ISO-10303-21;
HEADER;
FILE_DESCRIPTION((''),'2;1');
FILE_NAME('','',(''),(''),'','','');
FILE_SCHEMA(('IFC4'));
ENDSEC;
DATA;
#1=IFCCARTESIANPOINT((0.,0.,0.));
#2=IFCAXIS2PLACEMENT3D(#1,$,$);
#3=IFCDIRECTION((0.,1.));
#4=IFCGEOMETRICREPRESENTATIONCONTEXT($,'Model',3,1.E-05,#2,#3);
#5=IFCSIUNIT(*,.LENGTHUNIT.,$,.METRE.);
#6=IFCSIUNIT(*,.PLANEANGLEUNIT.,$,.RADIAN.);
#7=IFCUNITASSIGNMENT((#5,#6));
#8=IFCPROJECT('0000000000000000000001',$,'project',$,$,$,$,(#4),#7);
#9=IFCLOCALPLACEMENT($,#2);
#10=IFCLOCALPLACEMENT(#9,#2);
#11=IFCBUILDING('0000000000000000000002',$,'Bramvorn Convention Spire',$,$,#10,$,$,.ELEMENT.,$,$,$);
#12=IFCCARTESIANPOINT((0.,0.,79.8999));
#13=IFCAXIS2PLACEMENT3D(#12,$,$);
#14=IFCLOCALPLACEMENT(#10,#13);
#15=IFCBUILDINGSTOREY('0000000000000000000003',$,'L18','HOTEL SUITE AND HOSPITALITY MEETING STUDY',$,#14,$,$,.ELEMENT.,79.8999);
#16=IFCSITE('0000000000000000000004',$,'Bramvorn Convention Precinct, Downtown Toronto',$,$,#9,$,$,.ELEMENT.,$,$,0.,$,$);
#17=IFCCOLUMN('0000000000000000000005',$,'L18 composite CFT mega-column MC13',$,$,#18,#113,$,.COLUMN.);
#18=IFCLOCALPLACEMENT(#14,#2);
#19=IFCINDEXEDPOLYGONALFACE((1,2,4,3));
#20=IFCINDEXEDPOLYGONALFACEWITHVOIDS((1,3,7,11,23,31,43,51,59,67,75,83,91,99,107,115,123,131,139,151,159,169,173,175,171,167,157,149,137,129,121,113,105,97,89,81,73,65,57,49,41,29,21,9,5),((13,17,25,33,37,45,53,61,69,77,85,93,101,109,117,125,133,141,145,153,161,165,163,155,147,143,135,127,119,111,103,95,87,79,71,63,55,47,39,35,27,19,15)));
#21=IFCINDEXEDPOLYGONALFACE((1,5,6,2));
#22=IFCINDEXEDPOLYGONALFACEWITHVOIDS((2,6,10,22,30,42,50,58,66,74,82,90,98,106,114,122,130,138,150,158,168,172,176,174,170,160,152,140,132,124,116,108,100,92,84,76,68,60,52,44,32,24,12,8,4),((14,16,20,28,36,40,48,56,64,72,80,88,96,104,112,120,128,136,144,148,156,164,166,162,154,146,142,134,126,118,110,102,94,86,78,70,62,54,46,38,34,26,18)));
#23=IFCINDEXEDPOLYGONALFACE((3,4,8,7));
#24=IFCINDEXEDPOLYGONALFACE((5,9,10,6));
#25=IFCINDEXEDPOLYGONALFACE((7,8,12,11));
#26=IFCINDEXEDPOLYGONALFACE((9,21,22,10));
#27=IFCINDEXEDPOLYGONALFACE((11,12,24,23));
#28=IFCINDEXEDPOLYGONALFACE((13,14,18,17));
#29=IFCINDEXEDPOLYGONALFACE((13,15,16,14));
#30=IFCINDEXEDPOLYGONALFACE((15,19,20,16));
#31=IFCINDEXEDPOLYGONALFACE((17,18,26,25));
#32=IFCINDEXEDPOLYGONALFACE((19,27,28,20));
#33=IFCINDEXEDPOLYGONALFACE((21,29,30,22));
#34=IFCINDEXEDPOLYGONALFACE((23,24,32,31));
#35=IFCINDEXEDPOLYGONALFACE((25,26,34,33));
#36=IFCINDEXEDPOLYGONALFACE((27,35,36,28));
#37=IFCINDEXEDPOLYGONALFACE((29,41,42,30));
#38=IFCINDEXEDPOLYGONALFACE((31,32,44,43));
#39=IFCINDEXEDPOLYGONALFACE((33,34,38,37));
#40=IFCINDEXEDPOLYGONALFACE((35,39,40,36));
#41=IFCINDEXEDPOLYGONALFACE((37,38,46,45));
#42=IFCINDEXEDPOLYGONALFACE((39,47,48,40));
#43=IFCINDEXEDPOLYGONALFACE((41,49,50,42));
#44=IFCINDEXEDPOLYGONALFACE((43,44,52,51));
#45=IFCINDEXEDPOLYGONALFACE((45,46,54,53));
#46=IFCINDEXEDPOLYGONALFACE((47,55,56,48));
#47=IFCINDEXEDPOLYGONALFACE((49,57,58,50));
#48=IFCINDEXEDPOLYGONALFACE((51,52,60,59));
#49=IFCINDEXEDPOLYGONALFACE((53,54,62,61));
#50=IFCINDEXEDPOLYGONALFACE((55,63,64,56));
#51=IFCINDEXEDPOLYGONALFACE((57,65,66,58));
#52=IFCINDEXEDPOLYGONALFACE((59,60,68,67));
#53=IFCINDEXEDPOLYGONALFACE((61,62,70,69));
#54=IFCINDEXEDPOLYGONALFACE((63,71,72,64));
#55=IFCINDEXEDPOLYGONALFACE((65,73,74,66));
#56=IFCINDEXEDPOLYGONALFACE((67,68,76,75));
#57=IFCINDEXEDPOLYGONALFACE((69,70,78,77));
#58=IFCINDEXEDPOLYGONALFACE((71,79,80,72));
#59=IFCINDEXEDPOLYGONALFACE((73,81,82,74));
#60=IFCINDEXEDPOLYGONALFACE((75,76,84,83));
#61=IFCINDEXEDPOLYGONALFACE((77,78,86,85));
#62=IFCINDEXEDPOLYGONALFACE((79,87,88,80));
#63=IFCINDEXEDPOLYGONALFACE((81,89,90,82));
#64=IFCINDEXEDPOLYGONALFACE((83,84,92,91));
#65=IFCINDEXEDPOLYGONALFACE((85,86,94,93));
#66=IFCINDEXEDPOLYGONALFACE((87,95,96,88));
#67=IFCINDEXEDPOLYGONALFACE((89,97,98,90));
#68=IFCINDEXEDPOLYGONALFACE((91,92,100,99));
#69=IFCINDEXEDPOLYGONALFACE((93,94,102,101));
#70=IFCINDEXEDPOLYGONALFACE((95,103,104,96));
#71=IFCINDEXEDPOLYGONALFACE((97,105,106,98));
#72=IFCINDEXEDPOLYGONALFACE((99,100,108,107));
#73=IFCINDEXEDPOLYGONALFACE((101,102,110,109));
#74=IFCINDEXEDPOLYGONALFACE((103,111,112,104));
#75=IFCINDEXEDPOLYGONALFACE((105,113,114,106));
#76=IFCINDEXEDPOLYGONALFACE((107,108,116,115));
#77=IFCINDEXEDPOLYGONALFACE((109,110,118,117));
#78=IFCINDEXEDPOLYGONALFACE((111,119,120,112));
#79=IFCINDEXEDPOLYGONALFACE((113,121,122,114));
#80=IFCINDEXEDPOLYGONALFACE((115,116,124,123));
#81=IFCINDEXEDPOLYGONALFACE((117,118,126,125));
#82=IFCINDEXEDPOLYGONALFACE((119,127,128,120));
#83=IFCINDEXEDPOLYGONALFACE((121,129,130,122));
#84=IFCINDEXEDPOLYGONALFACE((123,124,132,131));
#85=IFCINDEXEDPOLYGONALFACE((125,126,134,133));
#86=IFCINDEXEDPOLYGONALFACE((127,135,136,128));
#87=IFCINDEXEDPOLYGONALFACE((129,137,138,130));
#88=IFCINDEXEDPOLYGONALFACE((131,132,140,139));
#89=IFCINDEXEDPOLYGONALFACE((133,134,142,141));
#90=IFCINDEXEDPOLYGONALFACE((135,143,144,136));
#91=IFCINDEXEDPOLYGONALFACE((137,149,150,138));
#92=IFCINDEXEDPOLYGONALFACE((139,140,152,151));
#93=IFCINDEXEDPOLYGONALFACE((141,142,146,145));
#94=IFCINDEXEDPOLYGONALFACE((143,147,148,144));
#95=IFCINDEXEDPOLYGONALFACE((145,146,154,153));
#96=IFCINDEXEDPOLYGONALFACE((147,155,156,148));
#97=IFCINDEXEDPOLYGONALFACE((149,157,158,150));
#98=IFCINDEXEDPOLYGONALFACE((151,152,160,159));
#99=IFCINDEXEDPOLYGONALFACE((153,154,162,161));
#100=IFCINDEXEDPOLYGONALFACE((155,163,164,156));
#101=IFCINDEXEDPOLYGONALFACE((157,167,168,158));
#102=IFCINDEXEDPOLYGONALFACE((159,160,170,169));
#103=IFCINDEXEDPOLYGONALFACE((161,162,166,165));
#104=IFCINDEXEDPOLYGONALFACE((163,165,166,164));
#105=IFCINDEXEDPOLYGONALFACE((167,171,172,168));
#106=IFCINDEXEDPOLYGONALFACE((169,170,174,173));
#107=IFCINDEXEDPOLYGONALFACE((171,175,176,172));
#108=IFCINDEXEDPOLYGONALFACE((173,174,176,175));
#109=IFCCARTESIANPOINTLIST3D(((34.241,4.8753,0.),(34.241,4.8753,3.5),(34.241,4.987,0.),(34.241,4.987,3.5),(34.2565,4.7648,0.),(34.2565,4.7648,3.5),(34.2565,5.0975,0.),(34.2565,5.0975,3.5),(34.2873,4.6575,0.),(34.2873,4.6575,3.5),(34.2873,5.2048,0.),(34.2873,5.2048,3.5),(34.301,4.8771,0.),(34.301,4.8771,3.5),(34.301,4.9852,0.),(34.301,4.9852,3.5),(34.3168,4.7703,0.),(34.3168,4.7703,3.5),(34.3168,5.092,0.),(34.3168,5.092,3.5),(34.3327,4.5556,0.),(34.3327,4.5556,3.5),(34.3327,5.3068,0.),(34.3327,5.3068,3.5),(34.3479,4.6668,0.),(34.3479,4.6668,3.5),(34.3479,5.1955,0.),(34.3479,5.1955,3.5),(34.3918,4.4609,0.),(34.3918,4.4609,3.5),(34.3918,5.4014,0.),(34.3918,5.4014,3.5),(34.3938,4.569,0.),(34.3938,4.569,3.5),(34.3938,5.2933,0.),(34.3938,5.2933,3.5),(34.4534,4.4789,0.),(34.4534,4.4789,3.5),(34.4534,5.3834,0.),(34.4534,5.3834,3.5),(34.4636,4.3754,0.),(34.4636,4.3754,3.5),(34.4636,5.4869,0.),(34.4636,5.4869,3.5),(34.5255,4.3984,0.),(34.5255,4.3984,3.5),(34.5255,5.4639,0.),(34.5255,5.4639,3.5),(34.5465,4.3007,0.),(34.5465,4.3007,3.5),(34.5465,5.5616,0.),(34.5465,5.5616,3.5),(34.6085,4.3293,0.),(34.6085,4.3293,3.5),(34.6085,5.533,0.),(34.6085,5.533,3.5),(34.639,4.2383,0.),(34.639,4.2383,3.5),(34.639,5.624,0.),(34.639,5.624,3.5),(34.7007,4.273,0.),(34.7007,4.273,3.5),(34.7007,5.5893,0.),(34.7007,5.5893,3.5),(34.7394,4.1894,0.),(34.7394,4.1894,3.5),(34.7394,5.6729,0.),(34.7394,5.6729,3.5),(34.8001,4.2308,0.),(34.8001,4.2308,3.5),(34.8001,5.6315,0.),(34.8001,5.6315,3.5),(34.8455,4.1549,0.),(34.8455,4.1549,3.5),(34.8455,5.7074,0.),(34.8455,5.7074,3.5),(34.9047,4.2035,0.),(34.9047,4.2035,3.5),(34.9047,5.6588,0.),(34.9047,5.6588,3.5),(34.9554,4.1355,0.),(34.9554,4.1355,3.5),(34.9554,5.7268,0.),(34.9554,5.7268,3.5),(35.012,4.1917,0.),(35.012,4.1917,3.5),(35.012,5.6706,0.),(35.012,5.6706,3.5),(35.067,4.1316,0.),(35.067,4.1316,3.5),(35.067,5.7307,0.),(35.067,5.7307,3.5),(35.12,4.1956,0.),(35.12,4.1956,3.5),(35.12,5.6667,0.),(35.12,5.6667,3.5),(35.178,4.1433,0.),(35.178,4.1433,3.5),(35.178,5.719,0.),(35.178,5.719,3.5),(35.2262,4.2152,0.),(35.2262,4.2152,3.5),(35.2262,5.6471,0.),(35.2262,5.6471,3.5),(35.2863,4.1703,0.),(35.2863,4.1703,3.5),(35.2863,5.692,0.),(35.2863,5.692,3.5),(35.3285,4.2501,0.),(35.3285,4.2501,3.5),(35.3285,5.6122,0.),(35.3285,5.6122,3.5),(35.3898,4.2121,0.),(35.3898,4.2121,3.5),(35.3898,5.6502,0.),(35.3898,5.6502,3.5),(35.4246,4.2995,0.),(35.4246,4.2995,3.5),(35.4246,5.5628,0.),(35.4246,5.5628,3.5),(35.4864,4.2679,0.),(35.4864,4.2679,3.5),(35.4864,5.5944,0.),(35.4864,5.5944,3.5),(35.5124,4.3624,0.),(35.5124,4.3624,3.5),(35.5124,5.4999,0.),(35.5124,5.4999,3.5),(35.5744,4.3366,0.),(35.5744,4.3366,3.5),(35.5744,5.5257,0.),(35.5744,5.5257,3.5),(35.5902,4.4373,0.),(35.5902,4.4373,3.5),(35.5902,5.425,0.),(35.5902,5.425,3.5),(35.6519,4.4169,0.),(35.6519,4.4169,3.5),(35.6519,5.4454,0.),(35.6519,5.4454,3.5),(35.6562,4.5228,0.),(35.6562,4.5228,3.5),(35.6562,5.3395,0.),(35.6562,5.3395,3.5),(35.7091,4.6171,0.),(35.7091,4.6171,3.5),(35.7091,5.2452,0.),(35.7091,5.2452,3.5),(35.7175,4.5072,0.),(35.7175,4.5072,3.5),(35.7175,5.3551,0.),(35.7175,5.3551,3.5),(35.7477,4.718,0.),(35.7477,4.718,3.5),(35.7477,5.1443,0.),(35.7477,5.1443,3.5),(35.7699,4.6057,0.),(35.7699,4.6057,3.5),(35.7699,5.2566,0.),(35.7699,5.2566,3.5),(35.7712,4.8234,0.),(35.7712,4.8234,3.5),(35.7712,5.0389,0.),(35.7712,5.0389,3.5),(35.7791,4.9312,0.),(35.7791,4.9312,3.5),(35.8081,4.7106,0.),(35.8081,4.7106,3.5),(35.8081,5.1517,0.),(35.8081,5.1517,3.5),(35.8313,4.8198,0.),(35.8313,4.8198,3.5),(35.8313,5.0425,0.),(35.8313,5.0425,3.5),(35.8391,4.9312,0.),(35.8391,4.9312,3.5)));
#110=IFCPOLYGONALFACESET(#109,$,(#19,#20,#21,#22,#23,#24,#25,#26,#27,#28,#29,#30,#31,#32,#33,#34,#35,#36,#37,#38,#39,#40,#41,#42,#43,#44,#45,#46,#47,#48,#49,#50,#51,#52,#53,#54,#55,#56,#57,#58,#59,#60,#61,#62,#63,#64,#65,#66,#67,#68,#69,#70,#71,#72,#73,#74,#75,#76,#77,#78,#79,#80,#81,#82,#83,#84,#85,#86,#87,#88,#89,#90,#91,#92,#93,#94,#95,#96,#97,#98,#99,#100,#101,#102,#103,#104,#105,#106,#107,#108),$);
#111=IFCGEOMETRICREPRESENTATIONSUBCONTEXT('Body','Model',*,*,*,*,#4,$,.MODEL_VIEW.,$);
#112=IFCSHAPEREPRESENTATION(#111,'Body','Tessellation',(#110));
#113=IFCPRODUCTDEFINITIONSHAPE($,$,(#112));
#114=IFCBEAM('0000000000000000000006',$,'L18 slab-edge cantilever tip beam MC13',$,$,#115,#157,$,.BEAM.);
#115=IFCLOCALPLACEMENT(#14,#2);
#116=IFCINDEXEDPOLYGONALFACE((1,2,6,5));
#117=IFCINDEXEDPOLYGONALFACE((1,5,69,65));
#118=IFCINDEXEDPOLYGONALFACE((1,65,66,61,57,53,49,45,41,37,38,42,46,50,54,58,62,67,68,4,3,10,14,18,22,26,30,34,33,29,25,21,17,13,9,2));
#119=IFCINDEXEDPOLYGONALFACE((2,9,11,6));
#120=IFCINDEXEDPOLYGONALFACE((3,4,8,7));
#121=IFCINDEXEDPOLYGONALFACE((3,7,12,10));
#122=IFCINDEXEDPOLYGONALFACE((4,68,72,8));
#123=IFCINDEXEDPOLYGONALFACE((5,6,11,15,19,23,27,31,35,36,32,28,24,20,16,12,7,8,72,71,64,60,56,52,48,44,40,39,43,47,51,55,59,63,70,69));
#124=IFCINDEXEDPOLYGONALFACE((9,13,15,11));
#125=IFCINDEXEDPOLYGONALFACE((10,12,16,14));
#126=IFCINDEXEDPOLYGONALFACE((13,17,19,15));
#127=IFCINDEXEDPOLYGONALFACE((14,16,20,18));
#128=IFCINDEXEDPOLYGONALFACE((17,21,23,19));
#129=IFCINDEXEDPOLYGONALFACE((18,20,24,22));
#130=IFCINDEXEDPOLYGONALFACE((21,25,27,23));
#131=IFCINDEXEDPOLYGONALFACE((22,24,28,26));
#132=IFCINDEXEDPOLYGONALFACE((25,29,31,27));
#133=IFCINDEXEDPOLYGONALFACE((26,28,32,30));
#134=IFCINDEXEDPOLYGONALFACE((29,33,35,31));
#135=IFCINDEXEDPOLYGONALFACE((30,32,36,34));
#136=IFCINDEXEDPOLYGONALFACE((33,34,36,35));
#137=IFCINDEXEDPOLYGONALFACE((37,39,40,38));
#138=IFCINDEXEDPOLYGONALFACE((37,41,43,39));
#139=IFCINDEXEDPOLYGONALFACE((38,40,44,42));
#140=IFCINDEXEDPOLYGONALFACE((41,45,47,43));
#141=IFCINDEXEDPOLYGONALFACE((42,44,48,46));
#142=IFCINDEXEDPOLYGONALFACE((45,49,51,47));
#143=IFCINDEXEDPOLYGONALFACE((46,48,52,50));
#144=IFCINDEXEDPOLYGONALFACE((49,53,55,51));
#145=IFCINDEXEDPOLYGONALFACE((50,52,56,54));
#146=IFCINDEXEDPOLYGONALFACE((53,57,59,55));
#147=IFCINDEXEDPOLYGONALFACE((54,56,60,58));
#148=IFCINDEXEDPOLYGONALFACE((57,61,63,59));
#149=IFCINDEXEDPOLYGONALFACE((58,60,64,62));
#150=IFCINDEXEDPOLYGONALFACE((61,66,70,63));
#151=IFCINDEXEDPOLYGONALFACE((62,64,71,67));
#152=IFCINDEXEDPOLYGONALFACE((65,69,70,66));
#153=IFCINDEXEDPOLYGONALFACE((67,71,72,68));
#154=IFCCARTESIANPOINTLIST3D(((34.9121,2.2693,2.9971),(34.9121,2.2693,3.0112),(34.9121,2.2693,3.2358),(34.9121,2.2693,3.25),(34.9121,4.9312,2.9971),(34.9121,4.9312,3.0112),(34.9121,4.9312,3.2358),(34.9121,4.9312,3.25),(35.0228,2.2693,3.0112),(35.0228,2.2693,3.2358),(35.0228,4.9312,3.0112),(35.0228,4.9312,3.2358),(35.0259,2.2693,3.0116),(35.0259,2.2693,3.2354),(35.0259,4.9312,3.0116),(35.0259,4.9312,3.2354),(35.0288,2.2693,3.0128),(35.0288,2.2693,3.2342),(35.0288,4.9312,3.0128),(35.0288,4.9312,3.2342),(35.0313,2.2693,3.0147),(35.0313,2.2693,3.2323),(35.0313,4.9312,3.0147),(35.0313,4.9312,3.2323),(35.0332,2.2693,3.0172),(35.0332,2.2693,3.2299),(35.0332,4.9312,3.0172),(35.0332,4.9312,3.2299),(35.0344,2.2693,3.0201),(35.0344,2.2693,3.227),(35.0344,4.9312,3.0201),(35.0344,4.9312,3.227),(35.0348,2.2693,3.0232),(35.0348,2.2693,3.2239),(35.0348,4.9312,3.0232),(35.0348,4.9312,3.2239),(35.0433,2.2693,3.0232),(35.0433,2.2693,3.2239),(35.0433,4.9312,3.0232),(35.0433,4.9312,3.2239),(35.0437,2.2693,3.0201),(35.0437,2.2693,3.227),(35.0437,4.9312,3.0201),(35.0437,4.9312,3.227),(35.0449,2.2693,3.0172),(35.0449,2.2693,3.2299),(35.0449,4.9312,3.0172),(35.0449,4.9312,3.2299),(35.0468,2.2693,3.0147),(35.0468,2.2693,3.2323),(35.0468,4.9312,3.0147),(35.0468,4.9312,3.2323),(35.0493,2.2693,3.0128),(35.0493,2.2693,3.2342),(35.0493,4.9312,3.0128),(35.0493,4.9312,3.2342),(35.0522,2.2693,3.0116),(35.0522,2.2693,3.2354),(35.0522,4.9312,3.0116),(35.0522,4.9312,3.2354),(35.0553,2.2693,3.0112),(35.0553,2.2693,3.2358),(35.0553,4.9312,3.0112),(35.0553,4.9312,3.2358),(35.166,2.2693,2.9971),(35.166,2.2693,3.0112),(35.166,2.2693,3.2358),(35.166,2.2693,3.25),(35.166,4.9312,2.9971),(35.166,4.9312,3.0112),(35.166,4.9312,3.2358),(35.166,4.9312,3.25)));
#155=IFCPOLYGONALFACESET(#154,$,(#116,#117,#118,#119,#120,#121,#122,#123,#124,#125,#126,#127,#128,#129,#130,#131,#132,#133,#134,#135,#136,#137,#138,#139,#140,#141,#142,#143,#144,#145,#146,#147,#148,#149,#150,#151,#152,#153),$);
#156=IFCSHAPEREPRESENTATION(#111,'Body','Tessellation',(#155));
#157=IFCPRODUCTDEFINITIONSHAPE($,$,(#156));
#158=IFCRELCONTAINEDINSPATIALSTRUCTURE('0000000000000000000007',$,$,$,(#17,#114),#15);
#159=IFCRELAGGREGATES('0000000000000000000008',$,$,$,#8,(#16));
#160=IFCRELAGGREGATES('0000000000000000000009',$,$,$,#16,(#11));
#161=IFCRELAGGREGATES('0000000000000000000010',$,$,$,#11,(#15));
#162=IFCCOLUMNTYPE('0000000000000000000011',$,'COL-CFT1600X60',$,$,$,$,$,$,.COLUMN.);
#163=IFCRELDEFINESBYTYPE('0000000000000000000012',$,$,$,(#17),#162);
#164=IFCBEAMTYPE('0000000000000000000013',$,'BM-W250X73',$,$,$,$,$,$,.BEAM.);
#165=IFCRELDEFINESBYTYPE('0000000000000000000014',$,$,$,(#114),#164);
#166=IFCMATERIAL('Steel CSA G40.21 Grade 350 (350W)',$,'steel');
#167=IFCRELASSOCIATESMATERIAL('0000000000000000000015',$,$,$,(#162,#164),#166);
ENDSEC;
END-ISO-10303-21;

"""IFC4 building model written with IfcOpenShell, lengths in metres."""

from ifc_helpers import new_model, si_unit, direction, frame, origin, origin_2d, place, context, subcontext, project, spatial, hollow_circle, i_section, extrude, material, material_profile, profile_set, type_object, element, save


model = new_model("IFC4")

# Units and contexts
model_context = context("Model", 3, precision=1e-05, world=origin(), true_north=direction((0.0, 1.0)))
body_context = subcontext(model_context, "Body", "Model", "MODEL_VIEW")
ifc_project = project(units=[si_unit("LENGTHUNIT", "METRE"), si_unit("PLANEANGLEUNIT", "RADIAN")], contexts=[model_context])

# Site, building, storey
site_placement = place(None, origin())
site = spatial("IfcSite", under=ifc_project, at=site_placement, Name="Bramvorn Convention Precinct, Downtown Toronto", CompositionType="ELEMENT", RefElevation=0.0)
building_placement = place(site_placement, origin())
building = spatial("IfcBuilding", under=site, at=building_placement, Name="Bramvorn Convention Spire", CompositionType="ELEMENT")
storey_placement = place(building_placement, frame((0.0, 0.0, 79.8999)))
storey = spatial("IfcBuildingStorey", under=building, at=storey_placement, Name="L18", Description="HOTEL SUITE AND HOSPITALITY MEETING STUDY", CompositionType="ELEMENT", Elevation=79.8999)

# Column
ifc_material_1 = material(Name="Steel CSA G40.21 Grade 350 (350W)", Category="steel")
ifc_material_profile_1 = material_profile(ifc_material_1, hollow_circle(Radius=0.8, WallThickness=0.0601, at=origin_2d()))
ifc_profile_set_1 = profile_set([ifc_material_profile_1], Name="Steel CSA G40.21 Grade 350 (350W) - CFT1600X60")
column_type = type_object("IfcColumnType", Name="COL-CFT1600X60", PredefinedType="COLUMN", material=ifc_profile_set_1)
column_placement = place(storey_placement, frame((35.0391, 4.9312, 0.0), z_axis=(0.0, 0.0, 1.0), x_axis=(1.0, 0.0, 0.0)))
element("IfcColumn", 1, at=column_placement, inside=storey, type_object=column_type, Name="L18 composite CFT mega-column MC13", PredefinedType="COLUMN", context=body_context, shape_type="SweptSolid", body=[
    extrude(hollow_circle(Radius=0.8, WallThickness=0.0601, at=origin_2d()), origin(), (0.0, 0.0, 1.0), 3.5),
])

# Beam
ifc_material_profile_2 = material_profile(ifc_material_1, i_section(OverallWidth=0.2539, OverallDepth=0.2529, WebThickness=0.0085, FlangeThickness=0.0142, FilletRadius=0.012, at=origin_2d()))
ifc_profile_set_2 = profile_set([ifc_material_profile_2], Name="Steel CSA G40.21 Grade 350 (350W) - W250X73")
beam_type_1 = type_object("IfcBeamType", Name="BM-W250X73", PredefinedType="BEAM", material=ifc_profile_set_2)
beam_1_placement = place(storey_placement, frame((35.0391, 4.9312, 3.1235), z_axis=(0.0, -1.0, 0.0), x_axis=(1.0, 0.0, 0.0)))
element("IfcBeam", 2, at=beam_1_placement, inside=storey, type_object=beam_type_1, Name="L18 slab-edge cantilever tip beam MC13", PredefinedType="BEAM", context=body_context, shape_type="SweptSolid", body=[
    extrude(i_section(OverallWidth=0.2539, OverallDepth=0.2529, WebThickness=0.0085, FlangeThickness=0.0142, FilletRadius=0.012, at=origin_2d()), origin(), (0.0, 0.0, 1.0), 2.6619),
])

save(model, "model.ifc")
